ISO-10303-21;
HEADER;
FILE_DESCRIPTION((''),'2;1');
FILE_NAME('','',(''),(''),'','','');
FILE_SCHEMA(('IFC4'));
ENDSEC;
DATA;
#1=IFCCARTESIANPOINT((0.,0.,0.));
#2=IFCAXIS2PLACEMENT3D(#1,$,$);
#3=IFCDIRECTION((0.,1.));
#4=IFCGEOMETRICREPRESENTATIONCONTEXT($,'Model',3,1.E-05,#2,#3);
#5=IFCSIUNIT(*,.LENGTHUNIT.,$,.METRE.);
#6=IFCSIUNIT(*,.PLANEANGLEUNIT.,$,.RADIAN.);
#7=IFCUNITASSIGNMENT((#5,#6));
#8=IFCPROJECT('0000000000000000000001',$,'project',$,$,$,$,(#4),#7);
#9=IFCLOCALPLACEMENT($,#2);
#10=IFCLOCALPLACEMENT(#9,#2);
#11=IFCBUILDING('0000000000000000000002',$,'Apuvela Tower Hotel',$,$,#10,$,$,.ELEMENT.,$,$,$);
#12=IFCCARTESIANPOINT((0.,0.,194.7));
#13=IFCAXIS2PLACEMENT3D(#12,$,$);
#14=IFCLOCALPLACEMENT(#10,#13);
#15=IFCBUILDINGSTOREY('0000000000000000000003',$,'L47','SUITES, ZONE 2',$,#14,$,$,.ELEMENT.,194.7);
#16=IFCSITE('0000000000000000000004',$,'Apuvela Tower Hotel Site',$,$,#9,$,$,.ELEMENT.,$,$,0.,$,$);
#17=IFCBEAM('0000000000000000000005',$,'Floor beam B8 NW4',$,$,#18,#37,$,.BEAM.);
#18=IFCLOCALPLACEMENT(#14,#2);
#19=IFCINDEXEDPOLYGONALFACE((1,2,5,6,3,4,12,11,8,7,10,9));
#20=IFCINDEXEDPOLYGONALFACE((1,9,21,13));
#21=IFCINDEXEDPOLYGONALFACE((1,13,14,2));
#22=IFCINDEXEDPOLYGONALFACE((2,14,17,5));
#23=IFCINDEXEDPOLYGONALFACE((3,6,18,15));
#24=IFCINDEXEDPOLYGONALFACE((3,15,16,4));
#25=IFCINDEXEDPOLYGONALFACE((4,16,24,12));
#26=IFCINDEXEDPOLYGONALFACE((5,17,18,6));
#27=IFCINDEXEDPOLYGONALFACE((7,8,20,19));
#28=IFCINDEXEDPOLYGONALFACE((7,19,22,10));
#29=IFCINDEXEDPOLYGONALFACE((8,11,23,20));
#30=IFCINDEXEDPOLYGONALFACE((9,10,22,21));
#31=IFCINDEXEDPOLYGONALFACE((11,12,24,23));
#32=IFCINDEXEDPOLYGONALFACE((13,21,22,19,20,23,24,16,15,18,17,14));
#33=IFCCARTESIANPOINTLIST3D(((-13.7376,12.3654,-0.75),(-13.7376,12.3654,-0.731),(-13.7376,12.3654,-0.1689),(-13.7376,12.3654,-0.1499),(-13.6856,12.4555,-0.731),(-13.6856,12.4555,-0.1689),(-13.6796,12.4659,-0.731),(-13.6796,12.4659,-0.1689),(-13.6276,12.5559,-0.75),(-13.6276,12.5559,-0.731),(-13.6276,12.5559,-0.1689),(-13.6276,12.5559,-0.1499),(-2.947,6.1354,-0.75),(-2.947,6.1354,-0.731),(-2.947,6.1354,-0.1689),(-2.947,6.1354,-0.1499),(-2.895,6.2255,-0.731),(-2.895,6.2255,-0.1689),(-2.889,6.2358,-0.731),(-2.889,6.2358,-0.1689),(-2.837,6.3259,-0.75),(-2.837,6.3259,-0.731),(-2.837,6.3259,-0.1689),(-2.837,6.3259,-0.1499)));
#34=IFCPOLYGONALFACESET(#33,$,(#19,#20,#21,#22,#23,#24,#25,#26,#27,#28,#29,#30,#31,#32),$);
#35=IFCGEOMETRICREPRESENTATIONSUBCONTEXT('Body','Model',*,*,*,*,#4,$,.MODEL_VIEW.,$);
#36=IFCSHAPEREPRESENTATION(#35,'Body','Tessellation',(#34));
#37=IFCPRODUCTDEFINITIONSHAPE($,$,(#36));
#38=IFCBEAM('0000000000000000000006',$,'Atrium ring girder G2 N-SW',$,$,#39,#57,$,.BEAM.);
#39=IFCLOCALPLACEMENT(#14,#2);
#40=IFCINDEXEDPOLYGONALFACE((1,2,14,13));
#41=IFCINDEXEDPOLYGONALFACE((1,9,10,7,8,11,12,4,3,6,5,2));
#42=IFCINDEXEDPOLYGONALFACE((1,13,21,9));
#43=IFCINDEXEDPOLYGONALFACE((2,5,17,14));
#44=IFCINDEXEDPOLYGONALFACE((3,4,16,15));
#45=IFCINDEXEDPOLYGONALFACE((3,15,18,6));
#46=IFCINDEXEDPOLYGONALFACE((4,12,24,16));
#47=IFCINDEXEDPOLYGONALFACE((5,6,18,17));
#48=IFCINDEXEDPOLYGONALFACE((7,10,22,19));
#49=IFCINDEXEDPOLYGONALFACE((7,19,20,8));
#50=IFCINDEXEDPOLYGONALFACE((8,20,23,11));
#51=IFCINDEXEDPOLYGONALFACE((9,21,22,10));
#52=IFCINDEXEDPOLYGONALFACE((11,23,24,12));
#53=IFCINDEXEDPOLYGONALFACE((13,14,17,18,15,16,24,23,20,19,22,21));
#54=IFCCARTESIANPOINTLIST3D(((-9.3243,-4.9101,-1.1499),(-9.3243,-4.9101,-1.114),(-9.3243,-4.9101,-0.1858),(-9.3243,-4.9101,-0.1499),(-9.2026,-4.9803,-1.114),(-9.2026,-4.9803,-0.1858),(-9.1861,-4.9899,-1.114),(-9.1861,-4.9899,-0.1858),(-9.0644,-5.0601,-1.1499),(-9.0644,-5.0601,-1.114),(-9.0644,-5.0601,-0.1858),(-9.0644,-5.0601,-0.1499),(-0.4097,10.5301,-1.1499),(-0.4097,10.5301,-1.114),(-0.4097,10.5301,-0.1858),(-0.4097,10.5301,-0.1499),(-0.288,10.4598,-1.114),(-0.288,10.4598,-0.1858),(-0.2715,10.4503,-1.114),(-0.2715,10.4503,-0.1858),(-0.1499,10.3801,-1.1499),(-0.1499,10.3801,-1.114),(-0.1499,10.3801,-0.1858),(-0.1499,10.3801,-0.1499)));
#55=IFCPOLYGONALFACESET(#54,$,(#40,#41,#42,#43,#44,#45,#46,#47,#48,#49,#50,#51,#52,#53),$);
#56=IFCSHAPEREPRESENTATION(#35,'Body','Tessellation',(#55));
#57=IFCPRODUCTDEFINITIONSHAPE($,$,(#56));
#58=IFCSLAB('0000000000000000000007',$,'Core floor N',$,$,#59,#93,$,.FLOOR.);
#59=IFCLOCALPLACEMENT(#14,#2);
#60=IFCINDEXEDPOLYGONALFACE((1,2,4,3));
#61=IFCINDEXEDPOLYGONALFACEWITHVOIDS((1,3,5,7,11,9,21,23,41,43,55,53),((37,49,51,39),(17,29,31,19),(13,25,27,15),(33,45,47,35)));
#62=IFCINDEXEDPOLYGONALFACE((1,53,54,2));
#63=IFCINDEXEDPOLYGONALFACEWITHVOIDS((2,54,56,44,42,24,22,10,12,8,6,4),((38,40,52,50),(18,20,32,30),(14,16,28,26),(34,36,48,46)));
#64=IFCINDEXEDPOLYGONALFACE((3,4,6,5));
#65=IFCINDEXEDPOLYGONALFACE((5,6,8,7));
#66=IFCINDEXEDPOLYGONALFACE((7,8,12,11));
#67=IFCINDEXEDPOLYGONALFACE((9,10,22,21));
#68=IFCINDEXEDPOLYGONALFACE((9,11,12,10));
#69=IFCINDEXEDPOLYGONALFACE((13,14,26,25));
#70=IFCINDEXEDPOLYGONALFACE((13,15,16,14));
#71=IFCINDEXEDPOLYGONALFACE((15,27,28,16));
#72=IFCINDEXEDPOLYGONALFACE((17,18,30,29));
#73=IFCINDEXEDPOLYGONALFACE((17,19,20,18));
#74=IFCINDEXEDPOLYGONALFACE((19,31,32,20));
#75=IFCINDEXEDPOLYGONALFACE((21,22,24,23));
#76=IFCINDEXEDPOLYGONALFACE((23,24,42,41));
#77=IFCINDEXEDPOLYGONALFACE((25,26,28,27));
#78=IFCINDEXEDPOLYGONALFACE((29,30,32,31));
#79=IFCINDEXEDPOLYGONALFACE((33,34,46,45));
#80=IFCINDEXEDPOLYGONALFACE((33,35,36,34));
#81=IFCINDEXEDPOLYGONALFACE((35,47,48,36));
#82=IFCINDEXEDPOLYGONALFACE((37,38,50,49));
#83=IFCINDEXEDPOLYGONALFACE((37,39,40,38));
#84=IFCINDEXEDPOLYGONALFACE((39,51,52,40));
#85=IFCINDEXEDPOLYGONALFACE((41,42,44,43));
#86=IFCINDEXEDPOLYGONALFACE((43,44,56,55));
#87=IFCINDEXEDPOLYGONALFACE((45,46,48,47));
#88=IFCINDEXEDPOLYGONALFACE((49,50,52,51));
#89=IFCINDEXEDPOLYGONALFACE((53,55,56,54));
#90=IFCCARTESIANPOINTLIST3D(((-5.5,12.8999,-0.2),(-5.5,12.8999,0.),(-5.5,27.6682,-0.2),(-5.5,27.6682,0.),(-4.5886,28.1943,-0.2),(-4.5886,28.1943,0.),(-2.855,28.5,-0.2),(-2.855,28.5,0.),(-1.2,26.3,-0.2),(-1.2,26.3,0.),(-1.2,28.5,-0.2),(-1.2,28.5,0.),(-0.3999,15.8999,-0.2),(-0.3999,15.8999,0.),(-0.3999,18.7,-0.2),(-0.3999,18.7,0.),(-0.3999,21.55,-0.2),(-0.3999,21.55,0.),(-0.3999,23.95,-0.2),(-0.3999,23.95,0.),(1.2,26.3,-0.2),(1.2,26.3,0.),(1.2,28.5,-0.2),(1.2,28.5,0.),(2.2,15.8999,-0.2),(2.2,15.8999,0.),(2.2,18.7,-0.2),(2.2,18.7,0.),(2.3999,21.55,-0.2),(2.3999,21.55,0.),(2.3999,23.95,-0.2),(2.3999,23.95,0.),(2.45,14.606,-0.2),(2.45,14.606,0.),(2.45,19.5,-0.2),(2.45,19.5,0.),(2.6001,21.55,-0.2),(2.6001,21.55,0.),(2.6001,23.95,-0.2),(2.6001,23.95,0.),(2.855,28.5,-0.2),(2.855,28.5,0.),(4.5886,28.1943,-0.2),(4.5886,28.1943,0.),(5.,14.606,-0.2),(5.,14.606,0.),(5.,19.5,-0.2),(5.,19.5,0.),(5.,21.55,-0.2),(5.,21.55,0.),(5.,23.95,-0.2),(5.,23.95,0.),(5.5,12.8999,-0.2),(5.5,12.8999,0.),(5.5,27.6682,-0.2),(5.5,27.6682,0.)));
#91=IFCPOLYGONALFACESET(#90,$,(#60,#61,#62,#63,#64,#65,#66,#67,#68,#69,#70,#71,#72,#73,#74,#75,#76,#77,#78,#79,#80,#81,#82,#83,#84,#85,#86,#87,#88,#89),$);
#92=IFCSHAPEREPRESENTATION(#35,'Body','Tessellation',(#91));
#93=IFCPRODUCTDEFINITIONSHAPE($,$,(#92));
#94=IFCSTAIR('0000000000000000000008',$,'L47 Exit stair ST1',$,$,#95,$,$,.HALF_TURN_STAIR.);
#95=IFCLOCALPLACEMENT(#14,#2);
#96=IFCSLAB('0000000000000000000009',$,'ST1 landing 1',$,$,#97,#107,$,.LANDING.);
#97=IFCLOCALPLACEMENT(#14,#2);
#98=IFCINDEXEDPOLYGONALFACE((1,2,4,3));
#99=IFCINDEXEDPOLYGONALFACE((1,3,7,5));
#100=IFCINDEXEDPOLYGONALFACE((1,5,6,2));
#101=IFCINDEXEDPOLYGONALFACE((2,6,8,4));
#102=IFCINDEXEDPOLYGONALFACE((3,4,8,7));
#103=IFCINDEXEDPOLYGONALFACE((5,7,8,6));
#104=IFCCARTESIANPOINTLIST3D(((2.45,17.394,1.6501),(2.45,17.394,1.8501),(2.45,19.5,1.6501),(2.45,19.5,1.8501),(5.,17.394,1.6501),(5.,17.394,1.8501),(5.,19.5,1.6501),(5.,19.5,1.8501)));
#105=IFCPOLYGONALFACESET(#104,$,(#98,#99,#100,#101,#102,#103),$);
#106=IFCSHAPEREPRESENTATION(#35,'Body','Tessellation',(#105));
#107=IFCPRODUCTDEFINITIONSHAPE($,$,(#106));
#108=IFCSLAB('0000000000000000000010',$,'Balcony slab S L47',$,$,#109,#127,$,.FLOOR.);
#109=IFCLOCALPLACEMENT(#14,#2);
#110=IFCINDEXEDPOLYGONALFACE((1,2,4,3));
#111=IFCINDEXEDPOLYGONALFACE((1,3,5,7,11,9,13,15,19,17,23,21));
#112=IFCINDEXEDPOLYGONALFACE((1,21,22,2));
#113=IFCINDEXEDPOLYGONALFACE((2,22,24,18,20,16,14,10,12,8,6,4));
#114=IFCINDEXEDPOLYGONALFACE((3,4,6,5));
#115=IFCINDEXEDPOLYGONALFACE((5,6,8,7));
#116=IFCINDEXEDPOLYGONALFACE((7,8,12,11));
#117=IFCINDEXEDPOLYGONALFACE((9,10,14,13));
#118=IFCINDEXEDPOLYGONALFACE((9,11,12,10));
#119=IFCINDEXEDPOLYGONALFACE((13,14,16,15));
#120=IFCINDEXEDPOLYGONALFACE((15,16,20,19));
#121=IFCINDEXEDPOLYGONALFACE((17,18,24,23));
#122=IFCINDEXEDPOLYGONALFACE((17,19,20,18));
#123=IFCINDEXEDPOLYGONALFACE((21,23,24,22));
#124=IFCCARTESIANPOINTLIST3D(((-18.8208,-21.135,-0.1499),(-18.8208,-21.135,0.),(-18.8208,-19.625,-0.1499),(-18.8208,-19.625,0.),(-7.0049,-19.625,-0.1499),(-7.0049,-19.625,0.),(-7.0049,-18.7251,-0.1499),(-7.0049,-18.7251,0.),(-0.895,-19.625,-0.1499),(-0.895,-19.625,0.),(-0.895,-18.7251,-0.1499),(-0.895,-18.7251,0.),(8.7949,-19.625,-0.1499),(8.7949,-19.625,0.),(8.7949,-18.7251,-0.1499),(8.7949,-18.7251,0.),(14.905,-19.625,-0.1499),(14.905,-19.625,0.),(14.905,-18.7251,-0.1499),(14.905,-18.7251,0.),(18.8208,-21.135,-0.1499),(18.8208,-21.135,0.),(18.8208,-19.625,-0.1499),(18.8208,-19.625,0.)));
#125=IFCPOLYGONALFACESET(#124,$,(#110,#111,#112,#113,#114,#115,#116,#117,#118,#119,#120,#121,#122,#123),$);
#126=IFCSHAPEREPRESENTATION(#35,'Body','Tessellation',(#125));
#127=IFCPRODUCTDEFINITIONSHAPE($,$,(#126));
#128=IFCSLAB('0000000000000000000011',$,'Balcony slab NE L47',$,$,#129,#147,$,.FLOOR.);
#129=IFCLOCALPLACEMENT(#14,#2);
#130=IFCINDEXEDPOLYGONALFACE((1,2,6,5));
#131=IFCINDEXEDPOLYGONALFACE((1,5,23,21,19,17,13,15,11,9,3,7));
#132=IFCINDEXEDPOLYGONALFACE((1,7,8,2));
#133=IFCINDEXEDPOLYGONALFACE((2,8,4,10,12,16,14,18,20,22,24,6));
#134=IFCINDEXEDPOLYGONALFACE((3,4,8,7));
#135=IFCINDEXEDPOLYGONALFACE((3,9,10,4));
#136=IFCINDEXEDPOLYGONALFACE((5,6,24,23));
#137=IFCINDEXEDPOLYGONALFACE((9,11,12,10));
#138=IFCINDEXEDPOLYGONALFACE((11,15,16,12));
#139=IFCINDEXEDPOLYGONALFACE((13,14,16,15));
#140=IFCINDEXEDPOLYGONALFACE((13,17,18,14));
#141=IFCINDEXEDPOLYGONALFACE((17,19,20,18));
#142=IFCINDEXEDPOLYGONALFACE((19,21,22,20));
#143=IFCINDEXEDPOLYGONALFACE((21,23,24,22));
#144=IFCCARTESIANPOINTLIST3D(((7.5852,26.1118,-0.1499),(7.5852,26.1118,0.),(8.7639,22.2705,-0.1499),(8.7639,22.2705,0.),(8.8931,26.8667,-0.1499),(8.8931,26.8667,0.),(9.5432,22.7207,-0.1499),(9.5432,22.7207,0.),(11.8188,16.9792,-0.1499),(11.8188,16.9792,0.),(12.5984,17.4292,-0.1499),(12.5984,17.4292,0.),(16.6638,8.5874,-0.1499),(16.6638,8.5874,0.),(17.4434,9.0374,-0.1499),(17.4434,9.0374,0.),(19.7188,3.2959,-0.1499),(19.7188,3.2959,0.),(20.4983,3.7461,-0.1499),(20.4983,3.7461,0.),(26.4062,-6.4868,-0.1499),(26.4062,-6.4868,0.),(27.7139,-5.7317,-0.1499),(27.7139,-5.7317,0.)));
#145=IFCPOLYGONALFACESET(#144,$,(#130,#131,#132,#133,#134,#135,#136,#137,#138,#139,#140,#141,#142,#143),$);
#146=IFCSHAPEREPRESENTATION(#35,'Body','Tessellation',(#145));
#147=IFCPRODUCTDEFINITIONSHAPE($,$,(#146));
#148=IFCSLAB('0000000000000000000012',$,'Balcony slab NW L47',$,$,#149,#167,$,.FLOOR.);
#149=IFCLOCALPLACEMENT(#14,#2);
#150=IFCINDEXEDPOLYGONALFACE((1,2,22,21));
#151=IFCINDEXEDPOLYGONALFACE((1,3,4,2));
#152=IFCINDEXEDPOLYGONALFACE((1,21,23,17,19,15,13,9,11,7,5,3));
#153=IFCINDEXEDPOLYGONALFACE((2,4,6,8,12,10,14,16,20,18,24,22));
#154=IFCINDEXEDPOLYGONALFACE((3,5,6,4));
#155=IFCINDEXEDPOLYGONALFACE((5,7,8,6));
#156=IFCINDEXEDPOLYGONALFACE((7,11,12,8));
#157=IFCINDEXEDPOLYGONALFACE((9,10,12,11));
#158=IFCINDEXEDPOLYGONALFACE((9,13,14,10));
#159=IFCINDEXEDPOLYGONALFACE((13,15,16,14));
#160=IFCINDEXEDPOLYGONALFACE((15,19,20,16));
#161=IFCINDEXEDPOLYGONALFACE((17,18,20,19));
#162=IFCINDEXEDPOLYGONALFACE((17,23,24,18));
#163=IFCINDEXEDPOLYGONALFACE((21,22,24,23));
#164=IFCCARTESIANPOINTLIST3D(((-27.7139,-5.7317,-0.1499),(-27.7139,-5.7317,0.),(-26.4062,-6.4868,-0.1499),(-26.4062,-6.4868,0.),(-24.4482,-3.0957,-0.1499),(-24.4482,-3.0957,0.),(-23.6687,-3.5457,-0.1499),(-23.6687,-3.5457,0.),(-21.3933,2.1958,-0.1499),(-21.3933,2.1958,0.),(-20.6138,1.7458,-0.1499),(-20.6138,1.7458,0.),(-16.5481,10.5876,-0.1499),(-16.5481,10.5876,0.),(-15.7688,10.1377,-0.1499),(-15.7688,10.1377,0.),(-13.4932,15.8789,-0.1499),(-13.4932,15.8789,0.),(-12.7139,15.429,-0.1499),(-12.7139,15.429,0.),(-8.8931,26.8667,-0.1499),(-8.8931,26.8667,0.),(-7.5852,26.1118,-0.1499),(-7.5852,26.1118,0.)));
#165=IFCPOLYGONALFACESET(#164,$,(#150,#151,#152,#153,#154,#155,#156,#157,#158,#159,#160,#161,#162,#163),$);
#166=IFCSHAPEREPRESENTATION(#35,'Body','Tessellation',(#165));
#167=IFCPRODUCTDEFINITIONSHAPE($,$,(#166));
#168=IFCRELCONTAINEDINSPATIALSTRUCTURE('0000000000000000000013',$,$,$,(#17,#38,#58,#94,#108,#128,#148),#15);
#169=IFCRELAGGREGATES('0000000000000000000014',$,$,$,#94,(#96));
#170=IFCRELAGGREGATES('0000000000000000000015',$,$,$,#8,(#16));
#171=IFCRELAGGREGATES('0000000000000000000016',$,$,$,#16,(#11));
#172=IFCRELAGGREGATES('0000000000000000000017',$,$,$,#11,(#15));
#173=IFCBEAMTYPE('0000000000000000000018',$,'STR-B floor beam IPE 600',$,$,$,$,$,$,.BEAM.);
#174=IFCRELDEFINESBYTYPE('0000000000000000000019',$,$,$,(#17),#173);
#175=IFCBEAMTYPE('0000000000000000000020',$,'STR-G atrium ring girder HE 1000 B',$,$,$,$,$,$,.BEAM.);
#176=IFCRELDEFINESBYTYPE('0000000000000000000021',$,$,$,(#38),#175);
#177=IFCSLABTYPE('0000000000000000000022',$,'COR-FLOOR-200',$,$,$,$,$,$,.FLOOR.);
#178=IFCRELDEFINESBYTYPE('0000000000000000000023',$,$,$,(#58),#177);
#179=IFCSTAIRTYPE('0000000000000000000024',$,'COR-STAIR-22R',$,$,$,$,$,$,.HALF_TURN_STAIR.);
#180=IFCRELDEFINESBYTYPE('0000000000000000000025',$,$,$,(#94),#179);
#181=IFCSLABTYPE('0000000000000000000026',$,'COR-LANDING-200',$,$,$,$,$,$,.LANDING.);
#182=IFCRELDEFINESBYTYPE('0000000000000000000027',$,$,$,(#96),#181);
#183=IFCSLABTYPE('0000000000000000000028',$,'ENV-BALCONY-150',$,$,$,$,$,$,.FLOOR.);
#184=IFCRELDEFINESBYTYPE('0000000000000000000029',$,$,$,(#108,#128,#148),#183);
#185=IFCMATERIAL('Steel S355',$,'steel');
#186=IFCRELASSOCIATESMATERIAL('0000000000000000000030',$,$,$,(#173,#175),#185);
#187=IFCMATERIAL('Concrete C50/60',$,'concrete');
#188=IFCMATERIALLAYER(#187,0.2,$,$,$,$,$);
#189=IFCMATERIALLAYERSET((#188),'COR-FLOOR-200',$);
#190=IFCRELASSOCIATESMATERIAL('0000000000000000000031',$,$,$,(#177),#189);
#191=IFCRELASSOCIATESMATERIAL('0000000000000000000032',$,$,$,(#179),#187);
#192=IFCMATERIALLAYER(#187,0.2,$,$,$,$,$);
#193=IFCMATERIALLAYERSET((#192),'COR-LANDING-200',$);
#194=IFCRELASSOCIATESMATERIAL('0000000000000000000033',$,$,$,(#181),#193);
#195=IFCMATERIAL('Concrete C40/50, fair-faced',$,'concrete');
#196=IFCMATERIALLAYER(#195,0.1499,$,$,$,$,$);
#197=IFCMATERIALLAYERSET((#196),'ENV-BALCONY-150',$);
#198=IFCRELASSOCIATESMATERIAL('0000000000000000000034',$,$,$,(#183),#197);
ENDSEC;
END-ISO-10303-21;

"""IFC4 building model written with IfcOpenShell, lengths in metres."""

from ifc_helpers import new_model, si_unit, direction, frame, origin, origin_2d, place, context, subcontext, project, spatial, polyline, i_section, outline, extrude, material, layer, layer_set, material_profile, profile_set, type_object, element, aggregate, save


model = new_model("IFC4")

# Units and contexts
model_context = context("Model", 3, precision=1e-05, world=origin(), true_north=direction((0.0, 1.0)))
body_context = subcontext(model_context, "Body", "Model", "MODEL_VIEW")
ifc_project = project(units=[si_unit("LENGTHUNIT", "METRE"), si_unit("PLANEANGLEUNIT", "RADIAN")], contexts=[model_context])

# Site, building, storey
site_placement = place(None, origin())
site = spatial("IfcSite", under=ifc_project, at=site_placement, Name="Apuvela Tower Hotel Site", CompositionType="ELEMENT", RefElevation=0.0)
building_placement = place(site_placement, origin())
building = spatial("IfcBuilding", under=site, at=building_placement, Name="Apuvela Tower Hotel", CompositionType="ELEMENT")
storey_placement = place(building_placement, frame((0.0, 0.0, 194.7)))
storey = spatial("IfcBuildingStorey", under=building, at=storey_placement, Name="L47", Description="SUITES, ZONE 2", CompositionType="ELEMENT", Elevation=194.7)

# Beams
ifc_material_1 = material(Name="Steel S355", Category="steel")
ifc_material_profile_1 = material_profile(ifc_material_1, i_section(OverallWidth=0.22, OverallDepth=0.6001, WebThickness=0.012, FlangeThickness=0.019, at=origin_2d()), Name="IPE 600")
ifc_profile_set_1 = profile_set([ifc_material_profile_1], Name="Steel S355")
beam_type_1 = type_object("IfcBeamType", Name="STR-B floor beam IPE 600", PredefinedType="BEAM", material=ifc_profile_set_1)
beam_1_placement = place(storey_placement, frame((-13.6826, 12.4607, -0.45), z_axis=(0.866023, -0.500004, 0.0), x_axis=(0.500004, 0.866023, 0.0)))
element("IfcBeam", 1, at=beam_1_placement, inside=storey, type_object=beam_type_1, Name="Floor beam B8 NW4", PredefinedType="BEAM", context=body_context, shape_type="SweptSolid", body=[
    extrude(i_section(OverallWidth=0.22, OverallDepth=0.6001, WebThickness=0.012, FlangeThickness=0.019, at=origin_2d()), origin(), (0.0, 0.0, 1.0), 12.46),
])
ifc_material_profile_2 = material_profile(ifc_material_1, i_section(OverallWidth=0.3, OverallDepth=1.0, WebThickness=0.019, FlangeThickness=0.0359, at=origin_2d()), Name="HE 1000 B")
ifc_profile_set_2 = profile_set([ifc_material_profile_2], Name="Steel S355")
beam_type_2 = type_object("IfcBeamType", Name="STR-G atrium ring girder HE 1000 B", PredefinedType="BEAM", material=ifc_profile_set_2)
beam_2_placement = place(storey_placement, frame((-0.2798, 10.4551, -0.6499), z_axis=(-0.500007, -0.866022, 0.0), x_axis=(0.866022, -0.500007, 0.0)))
element("IfcBeam", 2, at=beam_2_placement, inside=storey, type_object=beam_type_2, Name="Atrium ring girder G2 N-SW", PredefinedType="BEAM", context=body_context, shape_type="SweptSolid", body=[
    extrude(i_section(OverallWidth=0.3, OverallDepth=1.0, WebThickness=0.019, FlangeThickness=0.0359, at=origin_2d()), origin(), (0.0, 0.0, 1.0), 17.8289),
])

# Slab
ifc_material_2 = material(Name="Concrete C50/60", Category="concrete")
ifc_layer_1 = layer(ifc_material_2, 0.2)
ifc_layer_set_1 = layer_set([ifc_layer_1], Name="COR-FLOOR-200")
slab_type_1 = type_object("IfcSlabType", Name="COR-FLOOR-200", PredefinedType="FLOOR", material=ifc_layer_set_1)
slab_1_placement = place(storey_placement, frame((0.0, 0.0, -0.2)))
element("IfcSlab", 3, at=slab_1_placement, inside=storey, type_object=slab_type_1, Name="Core floor N", PredefinedType="FLOOR", context=body_context, shape_type="SweptSolid", body=[
    extrude(outline(polyline([(5.5, 27.6682), (4.5886, 28.1943), (2.855, 28.5), (1.2, 28.5), (1.2, 26.3), (-1.2, 26.3), (-1.2, 28.5), (-2.855, 28.5), (-4.5886, 28.1943), (-5.5, 27.6682), (-5.5, 12.8999), (5.5, 12.8999), (5.5, 27.6682)]), holes=[polyline([(5.0, 14.606), (2.45, 14.606), (2.45, 19.5), (5.0, 19.5), (5.0, 14.606)]), polyline([(2.2, 15.8999), (-0.3999, 15.8999), (-0.3999, 18.7), (2.2, 18.7), (2.2, 15.8999)]), polyline([(5.0, 21.55), (2.6001, 21.55), (2.6001, 23.95), (5.0, 23.95), (5.0, 21.55)]), polyline([(2.3999, 21.55), (-0.3999, 21.55), (-0.3999, 23.95), (2.3999, 23.95), (2.3999, 21.55)])]), origin(), (0.0, 0.0, 1.0), 0.2),
])

# Stair, slab
stair_type = type_object("IfcStairType", Name="COR-STAIR-22R", PredefinedType="HALF_TURN_STAIR", material=ifc_material_2)
stair_placement = place(storey_placement, origin())
stair = element("IfcStair", 4, at=stair_placement, inside=storey, type_object=stair_type, Name="L47 Exit stair ST1", PredefinedType="HALF_TURN_STAIR")
ifc_layer_2 = layer(ifc_material_2, 0.2)
ifc_layer_set_2 = layer_set([ifc_layer_2], Name="COR-LANDING-200")
slab_type_2 = type_object("IfcSlabType", Name="COR-LANDING-200", PredefinedType="LANDING", material=ifc_layer_set_2)
slab_2_placement = place(storey_placement, frame((0.0, 0.0, 1.6501)))
slab_2 = element("IfcSlab", 5, at=slab_2_placement, type_object=slab_type_2, Name="ST1 landing 1", PredefinedType="LANDING", context=body_context, shape_type="SweptSolid", body=[
    extrude(outline(polyline([(5.0, 17.394), (5.0, 19.5), (2.45, 19.5), (2.45, 17.394), (5.0, 17.394)])), origin(), (0.0, 0.0, 1.0), 0.2),
])
aggregate(stair, [slab_2])

# Slabs
ifc_material_3 = material(Name="Concrete C40/50, fair-faced", Category="concrete")
ifc_layer_3 = layer(ifc_material_3, 0.1499)
ifc_layer_set_3 = layer_set([ifc_layer_3], Name="ENV-BALCONY-150")
slab_type_3 = type_object("IfcSlabType", Name="ENV-BALCONY-150", PredefinedType="FLOOR", material=ifc_layer_set_3)
slab_3_placement = place(storey_placement, frame((0.0, 0.0, -0.1499)))
element("IfcSlab", 6, at=slab_3_placement, inside=storey, type_object=slab_type_3, Name="Balcony slab S L47", PredefinedType="FLOOR", context=body_context, shape_type="SweptSolid", body=[
    extrude(outline(polyline([(18.8208, -21.135), (-18.8208, -21.135), (-18.8208, -19.625), (-7.0049, -19.625), (-7.0049, -18.7251), (-0.895, -18.7251), (-0.895, -19.625), (8.7949, -19.625), (8.7949, -18.7251), (14.905, -18.7251), (14.905, -19.625), (18.8208, -19.625), (18.8208, -21.135)])), origin(), (0.0, 0.0, 1.0), 0.1499),
])
slab_4_placement = place(storey_placement, frame((0.0, 0.0, -0.1499)))
element("IfcSlab", 7, at=slab_4_placement, inside=storey, type_object=slab_type_3, Name="Balcony slab NE L47", PredefinedType="FLOOR", context=body_context, shape_type="SweptSolid", body=[
    extrude(outline(polyline([(17.4434, 9.0374), (12.5984, 17.4292), (11.8188, 16.9792), (8.7639, 22.2705), (9.5432, 22.7207), (7.5852, 26.1118), (8.8931, 26.8667), (27.7139, -5.7317), (26.4062, -6.4868), (20.4983, 3.7461), (19.7188, 3.2959), (16.6638, 8.5874), (17.4434, 9.0374)])), origin(), (0.0, 0.0, 1.0), 0.1499),
])
slab_5_placement = place(storey_placement, frame((0.0, 0.0, -0.1499)))
element("IfcSlab", 8, at=slab_5_placement, inside=storey, type_object=slab_type_3, Name="Balcony slab NW L47", PredefinedType="FLOOR", context=body_context, shape_type="SweptSolid", body=[
    extrude(outline(polyline([(-27.7139, -5.7317), (-8.8931, 26.8667), (-7.5852, 26.1118), (-13.4932, 15.8789), (-12.7139, 15.429), (-15.7688, 10.1377), (-16.5481, 10.5876), (-21.3933, 2.1958), (-20.6138, 1.7458), (-23.6687, -3.5457), (-24.4482, -3.0957), (-26.4062, -6.4868), (-27.7139, -5.7317)])), origin(), (0.0, 0.0, 1.0), 0.1499),
])

save(model, "model.ifc")
